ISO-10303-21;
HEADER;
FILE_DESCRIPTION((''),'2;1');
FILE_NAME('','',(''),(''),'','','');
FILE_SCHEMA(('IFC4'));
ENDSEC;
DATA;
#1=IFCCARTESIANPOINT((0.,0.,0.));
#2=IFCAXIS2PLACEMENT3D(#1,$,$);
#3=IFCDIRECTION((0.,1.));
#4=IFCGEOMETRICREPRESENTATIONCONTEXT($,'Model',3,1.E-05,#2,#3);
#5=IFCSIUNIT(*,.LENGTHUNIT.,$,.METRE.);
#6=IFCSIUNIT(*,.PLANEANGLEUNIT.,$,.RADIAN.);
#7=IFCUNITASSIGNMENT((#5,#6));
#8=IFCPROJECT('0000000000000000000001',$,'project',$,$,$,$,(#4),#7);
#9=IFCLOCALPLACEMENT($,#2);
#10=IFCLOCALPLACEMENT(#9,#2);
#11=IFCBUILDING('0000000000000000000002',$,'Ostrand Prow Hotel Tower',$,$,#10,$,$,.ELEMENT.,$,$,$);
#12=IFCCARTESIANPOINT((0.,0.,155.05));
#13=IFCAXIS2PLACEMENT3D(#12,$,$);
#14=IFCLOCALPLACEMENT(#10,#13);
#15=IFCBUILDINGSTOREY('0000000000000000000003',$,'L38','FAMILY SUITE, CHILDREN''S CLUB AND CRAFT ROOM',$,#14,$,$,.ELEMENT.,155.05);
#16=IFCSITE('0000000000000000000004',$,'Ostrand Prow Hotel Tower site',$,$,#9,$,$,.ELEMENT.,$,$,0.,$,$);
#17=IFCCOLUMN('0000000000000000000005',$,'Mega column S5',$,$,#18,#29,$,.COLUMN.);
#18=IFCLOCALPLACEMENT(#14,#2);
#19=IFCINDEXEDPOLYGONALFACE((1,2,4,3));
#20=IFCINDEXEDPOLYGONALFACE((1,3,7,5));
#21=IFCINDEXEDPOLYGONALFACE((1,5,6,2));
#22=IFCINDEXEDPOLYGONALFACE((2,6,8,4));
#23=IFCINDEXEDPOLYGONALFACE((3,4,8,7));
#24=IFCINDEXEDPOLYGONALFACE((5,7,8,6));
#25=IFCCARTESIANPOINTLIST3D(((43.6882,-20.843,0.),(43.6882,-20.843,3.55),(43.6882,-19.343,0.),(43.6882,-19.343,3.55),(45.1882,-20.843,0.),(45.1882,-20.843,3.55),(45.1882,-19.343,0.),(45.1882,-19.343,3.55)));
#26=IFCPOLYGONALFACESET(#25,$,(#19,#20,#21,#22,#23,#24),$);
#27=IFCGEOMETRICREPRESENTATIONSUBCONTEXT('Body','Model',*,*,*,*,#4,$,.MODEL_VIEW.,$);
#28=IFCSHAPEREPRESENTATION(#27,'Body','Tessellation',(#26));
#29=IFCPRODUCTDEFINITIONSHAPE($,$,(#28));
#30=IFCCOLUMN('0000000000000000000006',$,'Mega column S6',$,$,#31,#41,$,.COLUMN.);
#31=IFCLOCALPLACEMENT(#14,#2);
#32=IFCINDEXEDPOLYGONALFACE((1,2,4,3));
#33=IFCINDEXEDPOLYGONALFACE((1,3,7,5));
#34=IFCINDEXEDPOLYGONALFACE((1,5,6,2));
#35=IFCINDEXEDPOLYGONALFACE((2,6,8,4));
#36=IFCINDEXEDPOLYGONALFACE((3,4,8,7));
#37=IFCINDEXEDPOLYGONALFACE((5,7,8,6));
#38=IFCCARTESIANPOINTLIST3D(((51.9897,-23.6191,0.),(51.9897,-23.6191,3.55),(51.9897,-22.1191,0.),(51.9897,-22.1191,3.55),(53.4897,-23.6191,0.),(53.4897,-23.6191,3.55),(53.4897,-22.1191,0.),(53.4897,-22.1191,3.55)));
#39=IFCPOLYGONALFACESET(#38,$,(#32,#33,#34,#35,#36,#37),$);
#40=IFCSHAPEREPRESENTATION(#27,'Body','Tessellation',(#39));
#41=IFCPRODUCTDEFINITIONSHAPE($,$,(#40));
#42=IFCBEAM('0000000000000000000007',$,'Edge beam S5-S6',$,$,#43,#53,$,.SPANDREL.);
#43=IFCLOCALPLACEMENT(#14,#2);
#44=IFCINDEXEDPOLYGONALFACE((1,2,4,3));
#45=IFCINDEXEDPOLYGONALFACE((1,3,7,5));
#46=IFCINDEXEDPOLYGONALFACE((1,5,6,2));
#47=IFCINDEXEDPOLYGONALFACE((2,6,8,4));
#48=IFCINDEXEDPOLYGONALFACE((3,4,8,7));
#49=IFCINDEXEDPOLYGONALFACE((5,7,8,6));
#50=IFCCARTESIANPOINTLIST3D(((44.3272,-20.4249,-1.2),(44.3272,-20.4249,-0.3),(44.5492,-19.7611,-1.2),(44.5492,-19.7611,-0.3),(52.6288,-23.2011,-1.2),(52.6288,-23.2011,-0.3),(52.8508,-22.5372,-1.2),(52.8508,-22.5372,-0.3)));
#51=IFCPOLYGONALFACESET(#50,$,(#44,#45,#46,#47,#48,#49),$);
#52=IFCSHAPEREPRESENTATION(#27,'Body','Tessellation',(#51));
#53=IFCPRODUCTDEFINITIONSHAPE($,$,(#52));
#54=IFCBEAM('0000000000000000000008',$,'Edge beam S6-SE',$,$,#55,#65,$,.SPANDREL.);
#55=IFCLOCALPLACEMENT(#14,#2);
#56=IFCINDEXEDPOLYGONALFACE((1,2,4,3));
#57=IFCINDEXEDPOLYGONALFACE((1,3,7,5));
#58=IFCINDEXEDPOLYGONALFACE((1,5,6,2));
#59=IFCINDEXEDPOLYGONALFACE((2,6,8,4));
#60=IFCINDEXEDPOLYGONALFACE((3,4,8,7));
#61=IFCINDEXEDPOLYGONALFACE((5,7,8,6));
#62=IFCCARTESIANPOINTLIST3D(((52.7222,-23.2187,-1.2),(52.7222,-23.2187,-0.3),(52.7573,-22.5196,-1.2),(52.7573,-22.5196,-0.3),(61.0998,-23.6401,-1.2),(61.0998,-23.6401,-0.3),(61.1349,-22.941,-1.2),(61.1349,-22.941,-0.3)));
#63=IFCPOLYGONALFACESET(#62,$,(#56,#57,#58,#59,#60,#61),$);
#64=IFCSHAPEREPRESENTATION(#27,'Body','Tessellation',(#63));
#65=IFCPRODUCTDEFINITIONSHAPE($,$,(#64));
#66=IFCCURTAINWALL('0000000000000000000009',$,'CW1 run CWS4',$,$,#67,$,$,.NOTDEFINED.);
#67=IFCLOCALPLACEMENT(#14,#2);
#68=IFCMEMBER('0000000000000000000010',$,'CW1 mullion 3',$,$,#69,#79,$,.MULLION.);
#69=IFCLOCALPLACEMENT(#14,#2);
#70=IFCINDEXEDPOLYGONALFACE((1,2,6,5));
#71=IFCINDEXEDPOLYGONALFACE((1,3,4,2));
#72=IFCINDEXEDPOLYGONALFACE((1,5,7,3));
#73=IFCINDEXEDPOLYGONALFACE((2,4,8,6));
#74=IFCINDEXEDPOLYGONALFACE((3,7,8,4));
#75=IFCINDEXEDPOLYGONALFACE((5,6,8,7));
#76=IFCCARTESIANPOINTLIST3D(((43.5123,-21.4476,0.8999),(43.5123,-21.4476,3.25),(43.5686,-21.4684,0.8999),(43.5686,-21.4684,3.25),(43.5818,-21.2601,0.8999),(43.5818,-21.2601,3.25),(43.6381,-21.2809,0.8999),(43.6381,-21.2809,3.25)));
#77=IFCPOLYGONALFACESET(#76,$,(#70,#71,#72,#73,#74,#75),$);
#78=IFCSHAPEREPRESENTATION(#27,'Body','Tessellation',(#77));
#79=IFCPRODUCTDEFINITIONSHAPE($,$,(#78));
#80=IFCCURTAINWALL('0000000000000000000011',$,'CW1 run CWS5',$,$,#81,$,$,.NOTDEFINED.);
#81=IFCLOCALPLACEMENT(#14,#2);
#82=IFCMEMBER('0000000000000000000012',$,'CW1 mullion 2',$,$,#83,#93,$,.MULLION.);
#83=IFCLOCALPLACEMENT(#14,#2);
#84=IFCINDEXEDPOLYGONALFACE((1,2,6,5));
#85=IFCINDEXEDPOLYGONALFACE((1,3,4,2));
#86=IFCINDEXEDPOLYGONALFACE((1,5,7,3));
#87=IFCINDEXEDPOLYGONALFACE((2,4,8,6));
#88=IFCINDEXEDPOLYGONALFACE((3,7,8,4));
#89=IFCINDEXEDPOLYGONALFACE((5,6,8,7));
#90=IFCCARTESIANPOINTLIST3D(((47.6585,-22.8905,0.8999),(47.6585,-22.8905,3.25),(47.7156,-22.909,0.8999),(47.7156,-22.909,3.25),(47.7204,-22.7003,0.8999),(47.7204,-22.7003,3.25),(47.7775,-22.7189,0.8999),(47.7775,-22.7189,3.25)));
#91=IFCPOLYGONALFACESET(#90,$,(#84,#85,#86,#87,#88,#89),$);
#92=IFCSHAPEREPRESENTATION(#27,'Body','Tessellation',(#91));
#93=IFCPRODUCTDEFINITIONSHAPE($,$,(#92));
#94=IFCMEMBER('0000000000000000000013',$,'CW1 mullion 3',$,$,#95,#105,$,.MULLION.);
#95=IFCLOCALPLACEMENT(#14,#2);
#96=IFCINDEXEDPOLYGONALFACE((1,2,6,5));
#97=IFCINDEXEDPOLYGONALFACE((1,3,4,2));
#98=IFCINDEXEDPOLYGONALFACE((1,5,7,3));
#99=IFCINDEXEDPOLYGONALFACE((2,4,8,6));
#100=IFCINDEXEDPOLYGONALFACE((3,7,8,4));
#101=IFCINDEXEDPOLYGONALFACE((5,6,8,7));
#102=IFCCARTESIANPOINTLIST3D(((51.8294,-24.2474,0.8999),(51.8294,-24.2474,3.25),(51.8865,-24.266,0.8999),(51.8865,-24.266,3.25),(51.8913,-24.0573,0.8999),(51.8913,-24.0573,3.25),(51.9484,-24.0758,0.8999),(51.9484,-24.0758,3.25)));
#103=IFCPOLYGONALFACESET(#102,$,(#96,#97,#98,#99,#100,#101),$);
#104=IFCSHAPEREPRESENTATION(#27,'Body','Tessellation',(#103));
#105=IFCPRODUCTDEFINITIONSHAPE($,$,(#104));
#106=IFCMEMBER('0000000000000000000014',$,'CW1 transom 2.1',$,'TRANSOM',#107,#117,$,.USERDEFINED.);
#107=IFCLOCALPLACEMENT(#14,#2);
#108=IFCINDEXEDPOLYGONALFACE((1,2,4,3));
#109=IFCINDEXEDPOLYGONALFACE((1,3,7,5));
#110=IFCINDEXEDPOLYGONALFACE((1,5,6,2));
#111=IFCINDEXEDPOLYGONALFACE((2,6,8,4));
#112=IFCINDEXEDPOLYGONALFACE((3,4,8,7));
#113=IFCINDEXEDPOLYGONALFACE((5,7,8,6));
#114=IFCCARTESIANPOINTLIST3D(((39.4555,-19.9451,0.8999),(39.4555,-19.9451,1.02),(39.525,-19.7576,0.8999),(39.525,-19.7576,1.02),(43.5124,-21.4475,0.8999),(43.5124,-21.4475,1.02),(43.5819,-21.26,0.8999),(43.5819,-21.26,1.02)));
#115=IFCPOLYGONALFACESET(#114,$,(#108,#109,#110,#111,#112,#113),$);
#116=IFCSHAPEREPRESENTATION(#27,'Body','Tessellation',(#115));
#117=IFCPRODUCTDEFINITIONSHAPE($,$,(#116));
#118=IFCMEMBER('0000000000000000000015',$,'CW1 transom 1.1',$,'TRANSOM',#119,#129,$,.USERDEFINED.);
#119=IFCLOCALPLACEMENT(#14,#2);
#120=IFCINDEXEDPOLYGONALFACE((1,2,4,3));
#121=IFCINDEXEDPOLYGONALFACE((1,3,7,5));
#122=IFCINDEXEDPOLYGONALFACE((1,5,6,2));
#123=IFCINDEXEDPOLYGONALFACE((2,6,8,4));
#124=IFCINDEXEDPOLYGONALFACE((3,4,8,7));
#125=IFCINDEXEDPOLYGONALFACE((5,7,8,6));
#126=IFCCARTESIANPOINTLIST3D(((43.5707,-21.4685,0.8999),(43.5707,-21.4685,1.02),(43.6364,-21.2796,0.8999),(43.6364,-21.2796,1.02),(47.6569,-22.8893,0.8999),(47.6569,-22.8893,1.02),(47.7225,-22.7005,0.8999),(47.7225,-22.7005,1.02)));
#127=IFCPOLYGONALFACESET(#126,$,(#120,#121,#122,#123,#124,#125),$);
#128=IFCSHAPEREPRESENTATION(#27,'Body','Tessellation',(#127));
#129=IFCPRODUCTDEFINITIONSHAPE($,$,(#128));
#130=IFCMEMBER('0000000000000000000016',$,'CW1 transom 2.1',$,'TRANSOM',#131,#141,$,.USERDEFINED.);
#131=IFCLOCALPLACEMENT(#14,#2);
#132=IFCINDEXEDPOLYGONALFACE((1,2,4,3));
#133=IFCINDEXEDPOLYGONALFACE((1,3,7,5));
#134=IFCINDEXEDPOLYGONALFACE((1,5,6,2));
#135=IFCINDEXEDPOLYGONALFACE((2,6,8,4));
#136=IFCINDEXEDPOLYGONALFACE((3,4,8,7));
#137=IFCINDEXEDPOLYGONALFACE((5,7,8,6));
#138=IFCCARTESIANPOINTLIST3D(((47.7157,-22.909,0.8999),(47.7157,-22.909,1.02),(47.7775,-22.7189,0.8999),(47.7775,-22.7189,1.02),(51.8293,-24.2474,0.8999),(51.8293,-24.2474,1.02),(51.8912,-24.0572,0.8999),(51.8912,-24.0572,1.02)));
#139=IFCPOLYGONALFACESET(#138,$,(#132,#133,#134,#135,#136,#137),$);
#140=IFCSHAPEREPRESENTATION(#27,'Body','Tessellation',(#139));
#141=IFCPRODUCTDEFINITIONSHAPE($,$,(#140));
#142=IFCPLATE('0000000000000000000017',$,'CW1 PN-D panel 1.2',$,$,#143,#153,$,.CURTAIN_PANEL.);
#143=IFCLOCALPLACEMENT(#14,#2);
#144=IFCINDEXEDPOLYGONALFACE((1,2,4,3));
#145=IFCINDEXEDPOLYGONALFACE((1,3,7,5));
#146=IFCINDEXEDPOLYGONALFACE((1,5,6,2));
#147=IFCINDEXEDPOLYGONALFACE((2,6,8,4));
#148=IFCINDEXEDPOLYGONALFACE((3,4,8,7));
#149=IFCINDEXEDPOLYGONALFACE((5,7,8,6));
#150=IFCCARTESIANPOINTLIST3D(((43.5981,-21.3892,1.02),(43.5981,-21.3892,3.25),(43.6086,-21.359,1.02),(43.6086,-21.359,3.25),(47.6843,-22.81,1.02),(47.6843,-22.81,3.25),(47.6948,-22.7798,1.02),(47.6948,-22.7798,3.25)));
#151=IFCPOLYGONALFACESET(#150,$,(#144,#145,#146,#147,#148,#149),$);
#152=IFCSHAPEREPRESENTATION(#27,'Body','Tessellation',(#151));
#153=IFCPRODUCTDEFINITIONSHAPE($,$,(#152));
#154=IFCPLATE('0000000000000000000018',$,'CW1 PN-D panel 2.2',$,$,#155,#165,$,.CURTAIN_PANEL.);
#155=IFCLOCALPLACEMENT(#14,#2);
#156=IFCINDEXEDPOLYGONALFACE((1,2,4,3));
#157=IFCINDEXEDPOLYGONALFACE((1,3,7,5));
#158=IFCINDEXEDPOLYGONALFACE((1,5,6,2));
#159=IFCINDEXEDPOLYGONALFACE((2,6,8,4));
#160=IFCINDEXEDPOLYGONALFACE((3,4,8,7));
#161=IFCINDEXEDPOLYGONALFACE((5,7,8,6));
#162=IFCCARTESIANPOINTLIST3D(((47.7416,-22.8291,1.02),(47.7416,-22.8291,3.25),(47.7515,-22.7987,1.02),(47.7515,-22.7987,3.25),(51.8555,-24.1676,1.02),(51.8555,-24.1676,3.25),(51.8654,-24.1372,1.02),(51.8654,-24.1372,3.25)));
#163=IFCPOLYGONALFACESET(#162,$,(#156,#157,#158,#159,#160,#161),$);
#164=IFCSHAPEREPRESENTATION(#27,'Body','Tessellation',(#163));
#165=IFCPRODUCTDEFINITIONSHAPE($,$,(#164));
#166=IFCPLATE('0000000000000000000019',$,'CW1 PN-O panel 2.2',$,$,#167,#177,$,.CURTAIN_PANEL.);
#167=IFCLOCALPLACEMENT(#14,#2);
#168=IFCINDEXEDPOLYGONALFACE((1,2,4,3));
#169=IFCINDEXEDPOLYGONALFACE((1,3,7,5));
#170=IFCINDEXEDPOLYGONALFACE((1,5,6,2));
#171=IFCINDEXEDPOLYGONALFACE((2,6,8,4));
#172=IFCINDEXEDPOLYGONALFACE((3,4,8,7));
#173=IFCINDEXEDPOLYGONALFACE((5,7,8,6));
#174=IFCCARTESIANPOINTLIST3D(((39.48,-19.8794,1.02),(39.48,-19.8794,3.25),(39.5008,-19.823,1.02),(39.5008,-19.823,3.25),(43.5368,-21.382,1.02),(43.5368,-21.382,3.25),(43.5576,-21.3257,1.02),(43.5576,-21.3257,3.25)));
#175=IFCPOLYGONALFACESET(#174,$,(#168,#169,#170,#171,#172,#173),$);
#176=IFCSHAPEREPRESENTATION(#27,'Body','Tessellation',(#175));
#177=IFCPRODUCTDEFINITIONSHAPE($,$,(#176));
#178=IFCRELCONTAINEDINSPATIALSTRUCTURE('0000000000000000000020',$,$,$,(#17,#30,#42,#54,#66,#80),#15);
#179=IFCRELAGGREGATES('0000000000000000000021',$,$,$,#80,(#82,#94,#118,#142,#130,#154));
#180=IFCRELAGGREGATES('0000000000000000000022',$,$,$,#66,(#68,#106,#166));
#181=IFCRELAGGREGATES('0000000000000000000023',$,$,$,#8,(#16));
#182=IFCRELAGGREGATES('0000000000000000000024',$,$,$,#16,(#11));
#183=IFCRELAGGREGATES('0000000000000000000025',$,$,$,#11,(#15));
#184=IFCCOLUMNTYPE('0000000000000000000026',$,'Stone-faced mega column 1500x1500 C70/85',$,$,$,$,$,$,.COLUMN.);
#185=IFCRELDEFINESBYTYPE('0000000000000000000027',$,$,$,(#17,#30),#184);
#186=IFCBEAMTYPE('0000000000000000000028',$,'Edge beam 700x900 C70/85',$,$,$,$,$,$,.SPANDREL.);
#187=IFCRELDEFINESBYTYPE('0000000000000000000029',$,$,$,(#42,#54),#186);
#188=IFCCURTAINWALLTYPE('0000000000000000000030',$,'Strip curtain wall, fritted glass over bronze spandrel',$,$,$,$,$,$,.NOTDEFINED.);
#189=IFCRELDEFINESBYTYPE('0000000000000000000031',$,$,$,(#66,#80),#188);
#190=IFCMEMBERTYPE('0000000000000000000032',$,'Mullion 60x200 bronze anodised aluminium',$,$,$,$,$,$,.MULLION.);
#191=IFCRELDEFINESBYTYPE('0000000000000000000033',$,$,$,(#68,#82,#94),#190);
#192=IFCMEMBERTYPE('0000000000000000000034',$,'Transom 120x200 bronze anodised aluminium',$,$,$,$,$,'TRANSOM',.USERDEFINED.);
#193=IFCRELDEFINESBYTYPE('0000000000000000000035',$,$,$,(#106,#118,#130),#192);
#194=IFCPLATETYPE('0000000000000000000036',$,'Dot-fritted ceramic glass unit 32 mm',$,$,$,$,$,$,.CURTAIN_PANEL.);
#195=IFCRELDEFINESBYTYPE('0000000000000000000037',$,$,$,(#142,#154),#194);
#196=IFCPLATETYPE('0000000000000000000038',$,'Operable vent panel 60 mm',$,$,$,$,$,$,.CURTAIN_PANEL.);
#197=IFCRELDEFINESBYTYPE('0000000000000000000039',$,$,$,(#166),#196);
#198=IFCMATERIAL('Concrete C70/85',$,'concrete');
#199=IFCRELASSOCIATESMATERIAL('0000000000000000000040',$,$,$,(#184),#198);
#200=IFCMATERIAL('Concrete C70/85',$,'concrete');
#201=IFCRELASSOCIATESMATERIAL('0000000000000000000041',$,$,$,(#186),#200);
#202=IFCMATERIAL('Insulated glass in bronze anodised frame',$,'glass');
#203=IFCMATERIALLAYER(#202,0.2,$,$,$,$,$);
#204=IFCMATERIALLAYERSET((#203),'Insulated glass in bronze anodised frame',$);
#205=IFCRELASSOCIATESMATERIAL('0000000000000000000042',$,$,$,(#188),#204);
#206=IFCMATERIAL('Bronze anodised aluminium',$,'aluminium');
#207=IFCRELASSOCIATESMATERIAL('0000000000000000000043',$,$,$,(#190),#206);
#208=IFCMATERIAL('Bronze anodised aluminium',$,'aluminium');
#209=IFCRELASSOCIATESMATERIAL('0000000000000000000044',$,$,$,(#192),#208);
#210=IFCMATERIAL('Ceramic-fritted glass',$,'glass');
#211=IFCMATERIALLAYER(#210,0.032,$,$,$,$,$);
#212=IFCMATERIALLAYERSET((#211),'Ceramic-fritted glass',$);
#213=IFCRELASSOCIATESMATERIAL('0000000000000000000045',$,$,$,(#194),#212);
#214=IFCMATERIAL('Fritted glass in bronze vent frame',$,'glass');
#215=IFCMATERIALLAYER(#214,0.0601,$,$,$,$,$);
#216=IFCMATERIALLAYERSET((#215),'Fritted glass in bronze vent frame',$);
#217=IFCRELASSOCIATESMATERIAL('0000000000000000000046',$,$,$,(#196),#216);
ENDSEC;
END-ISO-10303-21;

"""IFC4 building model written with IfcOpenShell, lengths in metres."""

from ifc_helpers import new_model, si_unit, direction, frame, origin, origin_2d, place, context, subcontext, project, spatial, rectangle, extrude, material, layer, layer_set, material_profile, profile_set, type_object, element, aggregate, save


model = new_model("IFC4")

# Units and contexts
model_context = context("Model", 3, precision=1e-05, world=origin(), true_north=direction((0.0, 1.0)))
body_context = subcontext(model_context, "Body", "Model", "MODEL_VIEW")
ifc_project = project(units=[si_unit("LENGTHUNIT", "METRE"), si_unit("PLANEANGLEUNIT", "RADIAN")], contexts=[model_context])

# Site, building, storey
site_placement = place(None, origin())
site = spatial("IfcSite", under=ifc_project, at=site_placement, Name="Ostrand Prow Hotel Tower site", CompositionType="ELEMENT", RefElevation=0.0)
building_placement = place(site_placement, origin())
building = spatial("IfcBuilding", under=site, at=building_placement, Name="Ostrand Prow Hotel Tower", CompositionType="ELEMENT")
storey_placement = place(building_placement, frame((0.0, 0.0, 155.05)))
storey = spatial("IfcBuildingStorey", under=building, at=storey_placement, Name="L38", Description="FAMILY SUITE, CHILDREN'S CLUB AND CRAFT ROOM", CompositionType="ELEMENT", Elevation=155.05)

# Columns
ifc_material_1 = material(Name="Concrete C70/85", Category="concrete")
ifc_material_profile_1 = material_profile(ifc_material_1, rectangle(XDim=1.5, YDim=1.5, at=origin_2d()), Name="RC 1500x1500")
ifc_profile_set_1 = profile_set([ifc_material_profile_1], Name="Concrete C70/85")
column_type = type_object("IfcColumnType", Name="Stone-faced mega column 1500x1500 C70/85", PredefinedType="COLUMN", material=ifc_profile_set_1)
for number, where, z_axis, x_axis, name in (
    (1, (44.4382, -20.093, 0.0), (0.0, 0.0, 1.0), (1.0, 0.0, 0.0), "Mega column S5"),
    (2, (52.7397, -22.8691, 0.0), (0.0, 0.0, 1.0), (1.0, 0.0, 0.0), "Mega column S6"),
):
    element("IfcColumn", number, at=place(storey_placement, frame(where, z_axis=z_axis, x_axis=x_axis)), inside=storey, type_object=column_type, Name=name, PredefinedType="COLUMN", context=body_context, shape_type="SweptSolid", body=[
        extrude(rectangle(XDim=1.5, YDim=1.5, at=origin_2d()), origin(), (0.0, 0.0, 1.0), 3.55),
    ])

# Beams
ifc_material_2 = material(Name="Concrete C70/85", Category="concrete")
ifc_material_profile_2 = material_profile(ifc_material_2, rectangle(XDim=0.7, YDim=0.8999, at=origin_2d()), Name="RC 700x900")
ifc_profile_set_2 = profile_set([ifc_material_profile_2], Name="Concrete C70/85")
beam_type = type_object("IfcBeamType", Name="Edge beam 700x900 C70/85", PredefinedType="SPANDREL", material=ifc_profile_set_2)
beam_1_placement = place(storey_placement, frame((44.4382, -20.093, -0.75), z_axis=(0.948376, -0.317148, 0.0), x_axis=(0.317148, 0.948376, 0.0)))
element("IfcBeam", 3, at=beam_1_placement, inside=storey, type_object=beam_type, Name="Edge beam S5-S6", PredefinedType="SPANDREL", context=body_context, shape_type="SweptSolid", body=[
    extrude(rectangle(XDim=0.7, YDim=0.8999, at=origin_2d()), origin(), (0.0, 0.0, 1.0), 8.7534),
])
beam_2_placement = place(storey_placement, frame((52.7397, -22.8691, -0.75), z_axis=(0.998737, -0.050235, 0.0), x_axis=(0.050235, 0.998737, 0.0)))
element("IfcBeam", 4, at=beam_2_placement, inside=storey, type_object=beam_type, Name="Edge beam S6-SE", PredefinedType="SPANDREL", context=body_context, shape_type="SweptSolid", body=[
    extrude(rectangle(XDim=0.7, YDim=0.8999, at=origin_2d()), origin(), (0.0, 0.0, 1.0), 8.3882),
])

# Curtain wall, member
ifc_material_3 = material(Name="Insulated glass in bronze anodised frame", Category="glass")
ifc_layer_1 = layer(ifc_material_3, 0.2)
ifc_layer_set_1 = layer_set([ifc_layer_1], Name="Insulated glass in bronze anodised frame")
curtain_wall_type = type_object("IfcCurtainWallType", Name="Strip curtain wall, fritted glass over bronze spandrel", PredefinedType="NOTDEFINED", material=ifc_layer_set_1)
curtain_wall_1_placement = place(storey_placement, origin())
curtain_wall_1 = element("IfcCurtainWall", 5, at=curtain_wall_1_placement, inside=storey, type_object=curtain_wall_type, Name="CW1 run CWS4", PredefinedType="NOTDEFINED")
ifc_material_4 = material(Name="Bronze anodised aluminium", Category="aluminium")
ifc_material_profile_3 = material_profile(ifc_material_4, rectangle(XDim=0.2, YDim=0.0601, at=origin_2d()), Name="Mullion 60x200 bronze anodised aluminium")
ifc_profile_set_3 = profile_set([ifc_material_profile_3], Name="Bronze anodised aluminium")
member_type_1 = type_object("IfcMemberType", Name="Mullion 60x200 bronze anodised aluminium", PredefinedType="MULLION", material=ifc_profile_set_3)
member_1_placement = place(storey_placement, frame((43.5752, -21.3643, 0.8999), z_axis=(0.0, 0.0, 1.0), x_axis=(0.347342, 0.937739, 0.0)))
member_1 = element("IfcMember", 6, at=member_1_placement, type_object=member_type_1, Name="CW1 mullion 3", PredefinedType="MULLION", context=body_context, shape_type="SweptSolid", body=[
    extrude(rectangle(XDim=0.2, YDim=0.0601, at=origin_2d()), origin(), (0.0, 0.0, 1.0), 2.3501),
])

# Curtain wall, members
curtain_wall_2_placement = place(storey_placement, origin())
curtain_wall_2 = element("IfcCurtainWall", 7, at=curtain_wall_2_placement, inside=storey, type_object=curtain_wall_type, Name="CW1 run CWS5", PredefinedType="NOTDEFINED")
member_2_placement = place(storey_placement, frame((47.718, -22.8047, 0.8999), z_axis=(0.0, 0.0, 1.0), x_axis=(0.30938, 0.950938, 0.0)))
member_2 = element("IfcMember", 8, at=member_2_placement, type_object=member_type_1, Name="CW1 mullion 2", PredefinedType="MULLION", context=body_context, shape_type="SweptSolid", body=[
    extrude(rectangle(XDim=0.2, YDim=0.0601, at=origin_2d()), origin(), (0.0, 0.0, 1.0), 2.3501),
])
member_3_placement = place(storey_placement, frame((51.8889, -24.1616, 0.8999), z_axis=(0.0, 0.0, 1.0), x_axis=(0.30938, 0.950938, 0.0)))
member_3 = element("IfcMember", 9, at=member_3_placement, type_object=member_type_1, Name="CW1 mullion 3", PredefinedType="MULLION", context=body_context, shape_type="SweptSolid", body=[
    extrude(rectangle(XDim=0.2, YDim=0.0601, at=origin_2d()), origin(), (0.0, 0.0, 1.0), 2.3501),
])

# Members
ifc_material_5 = material(Name="Bronze anodised aluminium", Category="aluminium")
ifc_material_profile_4 = material_profile(ifc_material_5, rectangle(XDim=0.2, YDim=0.1201, at=origin_2d()), Name="Transom 120x200 bronze anodised aluminium")
ifc_profile_set_4 = profile_set([ifc_material_profile_4], Name="Bronze anodised aluminium")
member_type_2 = type_object("IfcMemberType", Name="Transom 120x200 bronze anodised aluminium", ElementType="TRANSOM", PredefinedType="USERDEFINED", material=ifc_profile_set_4)
member_4_placement = place(storey_placement, frame((39.4902, -19.8513, 0.96), z_axis=(0.937757, -0.347292, 0.0), x_axis=(0.347292, 0.937757, 0.0)))
member_4 = element("IfcMember", 10, at=member_4_placement, type_object=member_type_2, Name="CW1 transom 2.1", ObjectType="TRANSOM", PredefinedType="USERDEFINED", context=body_context, shape_type="SweptSolid", body=[
    extrude(rectangle(XDim=0.2, YDim=0.1201, at=origin_2d()), origin(), (0.0, 0.0, 1.0), 4.3262),
])
member_5_placement = place(storey_placement, frame((43.6035, -21.374, 0.96), z_axis=(0.944524, -0.328442, 0.0), x_axis=(0.328442, 0.944524, 0.0)))
member_5 = element("IfcMember", 11, at=member_5_placement, type_object=member_type_2, Name="CW1 transom 1.1", ObjectType="TRANSOM", PredefinedType="USERDEFINED", context=body_context, shape_type="SweptSolid", body=[
    extrude(rectangle(XDim=0.2, YDim=0.1201, at=origin_2d()), origin(), (0.0, 0.0, 1.0), 4.3262),
])
member_6_placement = place(storey_placement, frame((47.7466, -22.814, 0.96), z_axis=(0.950939, -0.30938, 0.0), x_axis=(0.30938, 0.950939, 0.0)))
member_6 = element("IfcMember", 12, at=member_6_placement, type_object=member_type_2, Name="CW1 transom 2.1", ObjectType="TRANSOM", PredefinedType="USERDEFINED", context=body_context, shape_type="SweptSolid", body=[
    extrude(rectangle(XDim=0.2, YDim=0.1201, at=origin_2d()), origin(), (0.0, 0.0, 1.0), 4.3259),
])

# Plates
ifc_material_6 = material(Name="Ceramic-fritted glass", Category="glass")
ifc_layer_2 = layer(ifc_material_6, 0.032)
ifc_layer_set_2 = layer_set([ifc_layer_2], Name="Ceramic-fritted glass")
plate_type_1 = type_object("IfcPlateType", Name="Dot-fritted ceramic glass unit 32 mm", PredefinedType="CURTAIN_PANEL", material=ifc_layer_set_2)
plate_1_placement = place(storey_placement, frame((45.6465, -22.0845, 1.02), z_axis=(0.0, 0.0, 1.0), x_axis=(0.944529, -0.328428, 0.0)))
plate_1 = element("IfcPlate", 13, at=plate_1_placement, type_object=plate_type_1, Name="CW1 PN-D panel 1.2", PredefinedType="CURTAIN_PANEL", context=body_context, shape_type="SweptSolid", body=[
    extrude(rectangle(XDim=4.3262, YDim=0.032, at=origin_2d()), origin(), (0.0, 0.0, 1.0), 2.23),
])
plate_2_placement = place(storey_placement, frame((49.8035, -23.4832, 1.02), z_axis=(0.0, 0.0, 1.0), x_axis=(0.950938, -0.30938, 0.0)))
plate_2 = element("IfcPlate", 14, at=plate_2_placement, type_object=plate_type_1, Name="CW1 PN-D panel 2.2", PredefinedType="CURTAIN_PANEL", context=body_context, shape_type="SweptSolid", body=[
    extrude(rectangle(XDim=4.3262, YDim=0.032, at=origin_2d()), origin(), (0.0, 0.0, 1.0), 2.23),
])
aggregate(curtain_wall_2, [member_2, member_3, member_5, plate_1, member_6, plate_2])
ifc_material_7 = material(Name="Fritted glass in bronze vent frame", Category="glass")
ifc_layer_3 = layer(ifc_material_7, 0.0601)
ifc_layer_set_3 = layer_set([ifc_layer_3], Name="Fritted glass in bronze vent frame")
plate_type_2 = type_object("IfcPlateType", Name="Operable vent panel 60 mm", PredefinedType="CURTAIN_PANEL", material=ifc_layer_set_3)
plate_3_placement = place(storey_placement, frame((41.5188, -20.6025, 1.02), z_axis=(0.0, 0.0, 1.0), x_axis=(0.937739, -0.347342, 0.0)))
plate_3 = element("IfcPlate", 15, at=plate_3_placement, type_object=plate_type_2, Name="CW1 PN-O panel 2.2", PredefinedType="CURTAIN_PANEL", context=body_context, shape_type="SweptSolid", body=[
    extrude(rectangle(XDim=4.3262, YDim=0.0601, at=origin_2d()), origin(), (0.0, 0.0, 1.0), 2.23),
])
aggregate(curtain_wall_1, [member_1, member_4, plate_3])

save(model, "model.ifc")
